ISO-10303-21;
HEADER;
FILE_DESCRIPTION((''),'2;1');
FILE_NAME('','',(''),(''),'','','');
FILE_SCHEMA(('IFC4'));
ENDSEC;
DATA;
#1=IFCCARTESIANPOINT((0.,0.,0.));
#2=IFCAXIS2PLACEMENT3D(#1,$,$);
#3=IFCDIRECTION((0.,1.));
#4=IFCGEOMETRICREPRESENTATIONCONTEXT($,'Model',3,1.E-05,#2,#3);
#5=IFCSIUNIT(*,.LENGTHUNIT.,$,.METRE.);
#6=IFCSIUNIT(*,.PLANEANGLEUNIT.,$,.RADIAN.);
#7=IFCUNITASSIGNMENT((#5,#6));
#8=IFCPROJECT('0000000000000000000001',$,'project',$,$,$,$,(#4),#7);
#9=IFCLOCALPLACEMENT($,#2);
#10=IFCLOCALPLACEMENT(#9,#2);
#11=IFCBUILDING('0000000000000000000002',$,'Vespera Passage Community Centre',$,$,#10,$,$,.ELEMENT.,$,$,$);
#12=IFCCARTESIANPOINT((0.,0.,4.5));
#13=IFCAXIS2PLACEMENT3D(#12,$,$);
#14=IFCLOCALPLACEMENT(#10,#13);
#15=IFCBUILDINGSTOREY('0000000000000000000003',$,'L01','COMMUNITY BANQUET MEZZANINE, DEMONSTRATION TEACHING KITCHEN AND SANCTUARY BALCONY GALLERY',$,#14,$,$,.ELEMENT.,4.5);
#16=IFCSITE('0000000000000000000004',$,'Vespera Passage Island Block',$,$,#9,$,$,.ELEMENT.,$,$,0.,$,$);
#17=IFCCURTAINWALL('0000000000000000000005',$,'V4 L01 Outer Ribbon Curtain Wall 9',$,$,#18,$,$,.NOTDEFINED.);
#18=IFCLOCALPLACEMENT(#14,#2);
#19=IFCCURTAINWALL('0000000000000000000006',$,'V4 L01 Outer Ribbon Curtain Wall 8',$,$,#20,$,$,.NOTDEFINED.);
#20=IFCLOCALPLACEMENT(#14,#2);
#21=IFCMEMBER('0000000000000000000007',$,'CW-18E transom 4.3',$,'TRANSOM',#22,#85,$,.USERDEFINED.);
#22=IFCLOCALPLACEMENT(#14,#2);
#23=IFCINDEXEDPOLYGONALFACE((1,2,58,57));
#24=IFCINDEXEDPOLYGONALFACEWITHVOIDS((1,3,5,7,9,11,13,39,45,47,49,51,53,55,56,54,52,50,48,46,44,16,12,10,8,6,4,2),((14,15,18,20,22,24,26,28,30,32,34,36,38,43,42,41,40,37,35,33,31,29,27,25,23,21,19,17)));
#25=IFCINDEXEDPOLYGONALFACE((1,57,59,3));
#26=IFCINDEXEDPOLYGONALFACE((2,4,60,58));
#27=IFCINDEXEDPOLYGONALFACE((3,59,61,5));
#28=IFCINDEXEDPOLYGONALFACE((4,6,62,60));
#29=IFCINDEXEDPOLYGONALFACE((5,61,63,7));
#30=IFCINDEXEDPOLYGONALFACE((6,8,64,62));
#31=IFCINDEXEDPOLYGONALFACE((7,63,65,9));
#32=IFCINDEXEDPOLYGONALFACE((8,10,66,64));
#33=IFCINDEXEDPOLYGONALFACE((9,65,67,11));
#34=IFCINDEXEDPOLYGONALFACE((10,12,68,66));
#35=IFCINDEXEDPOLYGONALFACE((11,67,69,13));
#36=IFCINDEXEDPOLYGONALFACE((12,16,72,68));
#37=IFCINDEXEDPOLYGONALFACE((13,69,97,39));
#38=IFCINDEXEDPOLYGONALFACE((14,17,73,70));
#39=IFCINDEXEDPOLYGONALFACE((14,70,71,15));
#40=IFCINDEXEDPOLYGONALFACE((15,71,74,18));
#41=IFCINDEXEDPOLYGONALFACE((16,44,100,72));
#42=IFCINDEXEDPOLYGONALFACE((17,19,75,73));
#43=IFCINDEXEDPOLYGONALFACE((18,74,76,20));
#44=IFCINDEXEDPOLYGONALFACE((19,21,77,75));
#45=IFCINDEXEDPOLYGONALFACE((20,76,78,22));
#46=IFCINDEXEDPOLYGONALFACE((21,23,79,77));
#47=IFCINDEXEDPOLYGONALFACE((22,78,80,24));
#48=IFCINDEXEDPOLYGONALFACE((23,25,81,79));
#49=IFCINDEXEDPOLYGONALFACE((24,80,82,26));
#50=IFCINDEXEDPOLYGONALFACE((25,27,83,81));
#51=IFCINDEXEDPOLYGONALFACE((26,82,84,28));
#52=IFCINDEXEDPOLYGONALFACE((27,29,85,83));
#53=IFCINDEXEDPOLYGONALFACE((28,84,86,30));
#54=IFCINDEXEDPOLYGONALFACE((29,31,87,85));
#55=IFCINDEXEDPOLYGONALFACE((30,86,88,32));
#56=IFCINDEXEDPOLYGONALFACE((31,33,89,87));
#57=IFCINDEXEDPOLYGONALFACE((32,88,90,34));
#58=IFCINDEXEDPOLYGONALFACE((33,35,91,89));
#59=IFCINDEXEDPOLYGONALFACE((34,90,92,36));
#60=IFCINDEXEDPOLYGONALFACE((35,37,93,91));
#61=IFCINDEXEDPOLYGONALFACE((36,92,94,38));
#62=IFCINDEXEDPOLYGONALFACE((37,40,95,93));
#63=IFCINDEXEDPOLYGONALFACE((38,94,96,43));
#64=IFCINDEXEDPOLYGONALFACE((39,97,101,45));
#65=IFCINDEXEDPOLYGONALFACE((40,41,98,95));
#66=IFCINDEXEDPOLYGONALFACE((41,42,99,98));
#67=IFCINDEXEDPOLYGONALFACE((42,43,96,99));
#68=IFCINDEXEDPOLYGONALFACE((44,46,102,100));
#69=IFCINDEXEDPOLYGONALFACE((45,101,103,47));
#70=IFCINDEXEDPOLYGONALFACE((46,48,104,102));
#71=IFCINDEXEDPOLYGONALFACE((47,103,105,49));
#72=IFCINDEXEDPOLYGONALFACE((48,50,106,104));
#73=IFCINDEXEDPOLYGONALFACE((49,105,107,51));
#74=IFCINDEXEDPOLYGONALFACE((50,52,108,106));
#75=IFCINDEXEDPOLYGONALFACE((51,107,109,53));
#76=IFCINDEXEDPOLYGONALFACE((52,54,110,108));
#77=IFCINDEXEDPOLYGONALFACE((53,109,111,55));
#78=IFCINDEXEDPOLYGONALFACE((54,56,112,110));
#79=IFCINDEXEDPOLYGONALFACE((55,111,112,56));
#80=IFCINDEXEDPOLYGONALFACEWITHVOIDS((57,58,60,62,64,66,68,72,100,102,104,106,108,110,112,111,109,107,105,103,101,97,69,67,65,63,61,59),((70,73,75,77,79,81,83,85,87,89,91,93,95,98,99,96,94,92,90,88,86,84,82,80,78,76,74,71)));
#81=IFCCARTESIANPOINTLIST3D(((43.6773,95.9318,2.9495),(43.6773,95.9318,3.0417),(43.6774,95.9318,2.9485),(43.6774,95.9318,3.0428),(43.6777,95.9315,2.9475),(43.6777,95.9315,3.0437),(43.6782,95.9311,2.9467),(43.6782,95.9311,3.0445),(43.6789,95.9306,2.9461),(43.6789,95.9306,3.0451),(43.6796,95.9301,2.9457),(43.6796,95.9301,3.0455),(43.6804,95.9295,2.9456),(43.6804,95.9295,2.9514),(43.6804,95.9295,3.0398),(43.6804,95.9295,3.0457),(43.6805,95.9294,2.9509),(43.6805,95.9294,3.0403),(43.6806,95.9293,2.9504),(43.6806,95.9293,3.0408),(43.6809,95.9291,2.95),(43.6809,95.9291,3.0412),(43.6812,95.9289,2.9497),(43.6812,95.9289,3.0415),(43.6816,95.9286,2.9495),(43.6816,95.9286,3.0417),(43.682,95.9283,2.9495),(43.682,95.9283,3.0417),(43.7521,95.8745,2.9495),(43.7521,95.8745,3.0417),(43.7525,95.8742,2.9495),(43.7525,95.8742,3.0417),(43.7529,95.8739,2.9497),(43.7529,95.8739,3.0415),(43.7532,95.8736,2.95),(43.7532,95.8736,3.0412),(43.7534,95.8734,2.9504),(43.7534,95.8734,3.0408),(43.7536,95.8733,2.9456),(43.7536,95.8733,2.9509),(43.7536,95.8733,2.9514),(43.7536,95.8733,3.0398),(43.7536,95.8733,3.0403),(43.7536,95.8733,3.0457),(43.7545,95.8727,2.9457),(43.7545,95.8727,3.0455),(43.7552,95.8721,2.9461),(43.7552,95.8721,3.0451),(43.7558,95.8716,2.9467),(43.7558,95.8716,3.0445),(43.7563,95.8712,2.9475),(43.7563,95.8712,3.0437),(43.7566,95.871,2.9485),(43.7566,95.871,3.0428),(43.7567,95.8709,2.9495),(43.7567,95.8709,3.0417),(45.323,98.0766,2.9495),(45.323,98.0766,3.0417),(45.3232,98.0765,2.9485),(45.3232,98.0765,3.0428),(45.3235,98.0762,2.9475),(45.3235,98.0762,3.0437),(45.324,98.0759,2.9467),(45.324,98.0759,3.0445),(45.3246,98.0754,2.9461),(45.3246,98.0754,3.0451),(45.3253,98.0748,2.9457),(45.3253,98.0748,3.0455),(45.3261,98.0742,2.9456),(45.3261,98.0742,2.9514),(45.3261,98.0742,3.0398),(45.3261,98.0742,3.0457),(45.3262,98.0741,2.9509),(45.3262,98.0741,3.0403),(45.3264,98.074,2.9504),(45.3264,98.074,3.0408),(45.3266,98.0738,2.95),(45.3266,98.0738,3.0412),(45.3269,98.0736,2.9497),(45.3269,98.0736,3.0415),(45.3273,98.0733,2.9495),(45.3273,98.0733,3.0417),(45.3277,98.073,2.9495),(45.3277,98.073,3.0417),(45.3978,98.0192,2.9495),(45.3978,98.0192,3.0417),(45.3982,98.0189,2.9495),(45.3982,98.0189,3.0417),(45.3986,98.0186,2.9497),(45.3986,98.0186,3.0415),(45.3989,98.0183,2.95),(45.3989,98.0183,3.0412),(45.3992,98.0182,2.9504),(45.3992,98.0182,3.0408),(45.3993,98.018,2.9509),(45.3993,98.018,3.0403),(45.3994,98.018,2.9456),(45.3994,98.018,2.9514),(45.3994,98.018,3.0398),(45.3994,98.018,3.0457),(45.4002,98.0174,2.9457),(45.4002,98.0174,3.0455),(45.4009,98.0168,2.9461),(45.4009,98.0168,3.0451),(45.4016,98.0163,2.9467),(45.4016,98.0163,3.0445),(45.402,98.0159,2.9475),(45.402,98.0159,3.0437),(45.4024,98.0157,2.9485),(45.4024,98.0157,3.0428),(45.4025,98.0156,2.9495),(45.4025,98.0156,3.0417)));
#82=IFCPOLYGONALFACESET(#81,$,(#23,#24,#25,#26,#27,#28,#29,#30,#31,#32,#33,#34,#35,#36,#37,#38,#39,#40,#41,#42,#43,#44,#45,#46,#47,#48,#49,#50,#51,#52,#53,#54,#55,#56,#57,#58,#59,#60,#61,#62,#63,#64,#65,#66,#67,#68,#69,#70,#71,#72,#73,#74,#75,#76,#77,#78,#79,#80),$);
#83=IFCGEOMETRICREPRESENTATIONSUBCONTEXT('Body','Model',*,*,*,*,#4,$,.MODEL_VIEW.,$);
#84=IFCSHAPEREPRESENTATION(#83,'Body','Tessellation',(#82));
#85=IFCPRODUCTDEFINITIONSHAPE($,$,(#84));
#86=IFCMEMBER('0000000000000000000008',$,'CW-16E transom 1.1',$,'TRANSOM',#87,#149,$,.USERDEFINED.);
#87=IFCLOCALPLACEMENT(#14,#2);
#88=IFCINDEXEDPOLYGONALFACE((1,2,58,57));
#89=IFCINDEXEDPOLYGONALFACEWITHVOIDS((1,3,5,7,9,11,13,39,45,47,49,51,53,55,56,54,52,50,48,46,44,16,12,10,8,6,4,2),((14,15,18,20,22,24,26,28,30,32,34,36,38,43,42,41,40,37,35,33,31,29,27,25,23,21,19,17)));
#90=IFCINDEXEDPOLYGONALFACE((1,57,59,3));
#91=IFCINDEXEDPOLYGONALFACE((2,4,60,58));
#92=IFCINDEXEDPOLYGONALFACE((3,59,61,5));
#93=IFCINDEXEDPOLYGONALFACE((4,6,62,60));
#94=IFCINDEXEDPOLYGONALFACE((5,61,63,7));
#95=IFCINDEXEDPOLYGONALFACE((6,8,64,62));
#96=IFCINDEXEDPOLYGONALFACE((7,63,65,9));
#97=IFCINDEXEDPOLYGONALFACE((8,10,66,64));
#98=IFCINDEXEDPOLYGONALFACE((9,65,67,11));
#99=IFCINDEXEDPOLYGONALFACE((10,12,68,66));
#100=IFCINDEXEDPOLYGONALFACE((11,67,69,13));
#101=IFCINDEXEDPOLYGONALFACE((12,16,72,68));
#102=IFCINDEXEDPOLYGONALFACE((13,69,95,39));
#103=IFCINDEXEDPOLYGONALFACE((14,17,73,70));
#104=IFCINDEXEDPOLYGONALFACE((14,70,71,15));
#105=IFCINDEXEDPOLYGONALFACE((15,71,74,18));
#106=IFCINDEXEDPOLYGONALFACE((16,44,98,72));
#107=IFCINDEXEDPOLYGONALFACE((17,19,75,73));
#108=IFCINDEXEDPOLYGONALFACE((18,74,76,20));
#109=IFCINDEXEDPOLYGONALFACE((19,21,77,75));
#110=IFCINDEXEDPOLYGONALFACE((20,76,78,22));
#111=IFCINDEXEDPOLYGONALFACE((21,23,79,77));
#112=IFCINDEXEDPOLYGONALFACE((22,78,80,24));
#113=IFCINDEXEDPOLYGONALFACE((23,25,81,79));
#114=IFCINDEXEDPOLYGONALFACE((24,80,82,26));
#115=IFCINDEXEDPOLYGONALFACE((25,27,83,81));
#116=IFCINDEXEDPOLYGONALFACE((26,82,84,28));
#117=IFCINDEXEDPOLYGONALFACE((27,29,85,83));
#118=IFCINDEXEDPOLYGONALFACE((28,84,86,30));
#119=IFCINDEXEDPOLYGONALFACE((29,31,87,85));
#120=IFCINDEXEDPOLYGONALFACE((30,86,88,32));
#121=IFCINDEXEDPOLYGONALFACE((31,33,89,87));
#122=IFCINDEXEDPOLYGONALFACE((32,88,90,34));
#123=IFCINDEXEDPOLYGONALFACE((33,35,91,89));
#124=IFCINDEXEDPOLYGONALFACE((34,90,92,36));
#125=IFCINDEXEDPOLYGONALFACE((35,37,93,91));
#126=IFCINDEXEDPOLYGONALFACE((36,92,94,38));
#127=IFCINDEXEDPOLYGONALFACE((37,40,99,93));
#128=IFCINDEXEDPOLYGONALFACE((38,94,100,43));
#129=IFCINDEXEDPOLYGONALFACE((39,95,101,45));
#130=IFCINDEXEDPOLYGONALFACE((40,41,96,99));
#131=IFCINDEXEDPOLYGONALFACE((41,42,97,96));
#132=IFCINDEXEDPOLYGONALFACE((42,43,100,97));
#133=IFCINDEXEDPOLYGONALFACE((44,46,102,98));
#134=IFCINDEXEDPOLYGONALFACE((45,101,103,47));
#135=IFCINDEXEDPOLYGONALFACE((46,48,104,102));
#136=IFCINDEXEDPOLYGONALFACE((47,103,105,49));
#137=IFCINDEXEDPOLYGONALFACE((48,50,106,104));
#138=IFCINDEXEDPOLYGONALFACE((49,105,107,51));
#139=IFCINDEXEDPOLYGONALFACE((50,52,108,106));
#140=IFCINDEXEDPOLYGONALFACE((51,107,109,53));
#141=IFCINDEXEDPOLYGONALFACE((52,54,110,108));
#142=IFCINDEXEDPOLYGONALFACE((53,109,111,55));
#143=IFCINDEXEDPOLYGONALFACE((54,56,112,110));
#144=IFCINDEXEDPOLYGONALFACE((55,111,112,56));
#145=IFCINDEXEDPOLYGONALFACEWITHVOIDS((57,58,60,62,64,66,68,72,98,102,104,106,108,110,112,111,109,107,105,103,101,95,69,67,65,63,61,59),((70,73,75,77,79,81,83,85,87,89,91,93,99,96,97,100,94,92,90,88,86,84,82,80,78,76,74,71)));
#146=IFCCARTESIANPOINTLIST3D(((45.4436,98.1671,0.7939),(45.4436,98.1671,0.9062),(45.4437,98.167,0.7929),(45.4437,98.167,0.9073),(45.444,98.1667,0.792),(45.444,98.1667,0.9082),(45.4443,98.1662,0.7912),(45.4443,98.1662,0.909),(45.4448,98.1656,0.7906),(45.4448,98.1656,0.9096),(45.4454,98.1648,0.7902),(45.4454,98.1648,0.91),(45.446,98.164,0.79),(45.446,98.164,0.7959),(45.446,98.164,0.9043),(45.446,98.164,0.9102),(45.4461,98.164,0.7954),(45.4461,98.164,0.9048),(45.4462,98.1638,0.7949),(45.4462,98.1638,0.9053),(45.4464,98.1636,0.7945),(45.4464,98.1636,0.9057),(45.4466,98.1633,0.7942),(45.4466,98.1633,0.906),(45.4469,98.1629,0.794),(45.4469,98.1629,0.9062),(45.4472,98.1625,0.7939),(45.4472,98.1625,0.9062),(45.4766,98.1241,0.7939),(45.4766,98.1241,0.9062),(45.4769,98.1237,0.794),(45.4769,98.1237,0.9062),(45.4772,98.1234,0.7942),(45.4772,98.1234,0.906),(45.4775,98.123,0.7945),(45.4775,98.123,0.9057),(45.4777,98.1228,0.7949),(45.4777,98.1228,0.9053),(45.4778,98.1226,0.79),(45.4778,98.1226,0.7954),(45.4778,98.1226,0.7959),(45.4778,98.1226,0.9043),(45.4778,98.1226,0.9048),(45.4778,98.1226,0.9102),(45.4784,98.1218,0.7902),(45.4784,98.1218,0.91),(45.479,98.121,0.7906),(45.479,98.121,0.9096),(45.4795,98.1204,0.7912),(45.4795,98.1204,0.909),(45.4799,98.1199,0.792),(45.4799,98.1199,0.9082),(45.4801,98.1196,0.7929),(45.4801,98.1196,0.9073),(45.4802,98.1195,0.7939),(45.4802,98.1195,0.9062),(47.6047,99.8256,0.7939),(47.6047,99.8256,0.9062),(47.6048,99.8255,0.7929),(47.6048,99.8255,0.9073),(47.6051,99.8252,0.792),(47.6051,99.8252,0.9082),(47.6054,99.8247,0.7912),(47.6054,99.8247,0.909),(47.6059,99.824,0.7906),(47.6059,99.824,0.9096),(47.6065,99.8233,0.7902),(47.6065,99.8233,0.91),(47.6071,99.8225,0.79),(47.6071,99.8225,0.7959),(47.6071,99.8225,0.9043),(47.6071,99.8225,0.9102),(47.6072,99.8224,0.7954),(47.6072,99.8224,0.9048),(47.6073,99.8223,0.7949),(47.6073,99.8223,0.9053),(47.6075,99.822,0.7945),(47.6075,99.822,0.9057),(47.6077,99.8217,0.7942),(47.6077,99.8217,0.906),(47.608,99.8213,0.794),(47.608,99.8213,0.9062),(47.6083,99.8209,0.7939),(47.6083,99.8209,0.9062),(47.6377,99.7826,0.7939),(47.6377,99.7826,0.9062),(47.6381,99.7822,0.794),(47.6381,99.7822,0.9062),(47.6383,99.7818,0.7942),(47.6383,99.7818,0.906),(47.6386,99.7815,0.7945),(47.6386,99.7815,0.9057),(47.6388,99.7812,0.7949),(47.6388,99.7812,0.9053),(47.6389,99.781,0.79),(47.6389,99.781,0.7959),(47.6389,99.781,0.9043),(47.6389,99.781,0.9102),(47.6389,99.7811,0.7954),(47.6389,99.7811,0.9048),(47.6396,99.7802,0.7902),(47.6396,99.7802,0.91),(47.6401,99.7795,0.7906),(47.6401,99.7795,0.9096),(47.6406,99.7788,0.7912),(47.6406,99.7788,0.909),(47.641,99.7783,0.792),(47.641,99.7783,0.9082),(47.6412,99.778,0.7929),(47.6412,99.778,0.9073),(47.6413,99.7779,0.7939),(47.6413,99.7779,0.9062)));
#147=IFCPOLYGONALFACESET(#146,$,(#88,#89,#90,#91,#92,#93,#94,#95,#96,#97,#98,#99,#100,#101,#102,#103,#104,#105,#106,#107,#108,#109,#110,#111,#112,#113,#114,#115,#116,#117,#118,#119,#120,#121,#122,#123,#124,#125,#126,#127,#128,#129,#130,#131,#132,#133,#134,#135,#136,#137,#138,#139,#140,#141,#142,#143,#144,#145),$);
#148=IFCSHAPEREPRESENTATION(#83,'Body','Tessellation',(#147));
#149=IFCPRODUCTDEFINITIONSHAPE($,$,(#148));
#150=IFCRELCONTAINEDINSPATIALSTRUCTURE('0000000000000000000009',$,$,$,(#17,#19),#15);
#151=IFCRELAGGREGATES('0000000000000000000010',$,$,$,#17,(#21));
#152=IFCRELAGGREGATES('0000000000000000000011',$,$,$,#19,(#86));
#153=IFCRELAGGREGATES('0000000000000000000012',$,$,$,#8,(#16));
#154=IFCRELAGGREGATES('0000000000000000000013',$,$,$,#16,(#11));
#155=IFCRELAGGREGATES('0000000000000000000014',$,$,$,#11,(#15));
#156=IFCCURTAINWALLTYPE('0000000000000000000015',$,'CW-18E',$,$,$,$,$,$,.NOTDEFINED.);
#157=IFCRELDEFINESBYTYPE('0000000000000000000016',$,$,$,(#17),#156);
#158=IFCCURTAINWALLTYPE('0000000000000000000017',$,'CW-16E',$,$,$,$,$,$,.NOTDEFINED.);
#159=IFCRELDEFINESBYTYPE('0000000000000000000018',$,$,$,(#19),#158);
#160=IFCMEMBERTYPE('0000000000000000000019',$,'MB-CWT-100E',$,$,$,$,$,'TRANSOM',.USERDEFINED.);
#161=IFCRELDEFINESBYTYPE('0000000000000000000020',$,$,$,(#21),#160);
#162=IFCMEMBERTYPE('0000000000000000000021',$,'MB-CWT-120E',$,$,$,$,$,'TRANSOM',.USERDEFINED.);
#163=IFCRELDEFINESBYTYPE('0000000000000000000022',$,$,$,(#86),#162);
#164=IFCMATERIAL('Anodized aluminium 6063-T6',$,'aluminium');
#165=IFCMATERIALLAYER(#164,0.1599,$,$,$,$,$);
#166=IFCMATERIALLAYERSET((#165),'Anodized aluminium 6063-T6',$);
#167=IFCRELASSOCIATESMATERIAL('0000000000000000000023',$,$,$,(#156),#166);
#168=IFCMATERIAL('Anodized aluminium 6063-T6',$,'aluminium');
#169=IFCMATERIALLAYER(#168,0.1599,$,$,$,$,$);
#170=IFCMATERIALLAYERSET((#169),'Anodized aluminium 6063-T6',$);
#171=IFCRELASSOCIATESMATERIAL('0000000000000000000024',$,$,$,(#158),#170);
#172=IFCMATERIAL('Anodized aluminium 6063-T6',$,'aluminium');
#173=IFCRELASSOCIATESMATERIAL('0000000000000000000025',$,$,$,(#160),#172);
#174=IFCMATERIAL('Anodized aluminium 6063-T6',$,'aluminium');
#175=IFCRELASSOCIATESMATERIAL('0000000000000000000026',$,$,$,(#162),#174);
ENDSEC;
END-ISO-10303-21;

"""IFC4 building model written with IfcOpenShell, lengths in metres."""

from ifc_helpers import new_model, si_unit, direction, frame, origin, origin_2d, place, context, subcontext, project, spatial, hollow_rectangle, extrude, material, layer, layer_set, material_profile, profile_set, type_object, element, aggregate, save


model = new_model("IFC4")

# Units and contexts
model_context = context("Model", 3, precision=1e-05, world=origin(), true_north=direction((0.0, 1.0)))
body_context = subcontext(model_context, "Body", "Model", "MODEL_VIEW")
ifc_project = project(units=[si_unit("LENGTHUNIT", "METRE"), si_unit("PLANEANGLEUNIT", "RADIAN")], contexts=[model_context])

# Site, building, storey
site_placement = place(None, origin())
site = spatial("IfcSite", under=ifc_project, at=site_placement, Name="Vespera Passage Island Block", CompositionType="ELEMENT", RefElevation=0.0)
building_placement = place(site_placement, origin())
building = spatial("IfcBuilding", under=site, at=building_placement, Name="Vespera Passage Community Centre", CompositionType="ELEMENT")
storey_placement = place(building_placement, frame((0.0, 0.0, 4.5)))
storey = spatial("IfcBuildingStorey", under=building, at=storey_placement, Name="L01", Description="COMMUNITY BANQUET MEZZANINE, DEMONSTRATION TEACHING KITCHEN AND SANCTUARY BALCONY GALLERY", CompositionType="ELEMENT", Elevation=4.5)

# Curtain walls
ifc_material_1 = material(Name="Anodized aluminium 6063-T6", Category="aluminium")
ifc_layer_1 = layer(ifc_material_1, 0.1599)
ifc_layer_set_1 = layer_set([ifc_layer_1], Name="Anodized aluminium 6063-T6")
curtain_wall_type_1 = type_object("IfcCurtainWallType", Name="CW-18E", PredefinedType="NOTDEFINED", material=ifc_layer_set_1)
curtain_wall_1_placement = place(storey_placement, origin())
curtain_wall_1 = element("IfcCurtainWall", 1, at=curtain_wall_1_placement, inside=storey, type_object=curtain_wall_type_1, Name="V4 L01 Outer Ribbon Curtain Wall 9", PredefinedType="NOTDEFINED")
ifc_material_2 = material(Name="Anodized aluminium 6063-T6", Category="aluminium")
ifc_layer_2 = layer(ifc_material_2, 0.1599)
ifc_layer_set_2 = layer_set([ifc_layer_2], Name="Anodized aluminium 6063-T6")
curtain_wall_type_2 = type_object("IfcCurtainWallType", Name="CW-16E", PredefinedType="NOTDEFINED", material=ifc_layer_set_2)
curtain_wall_2_placement = place(storey_placement, origin())
curtain_wall_2 = element("IfcCurtainWall", 2, at=curtain_wall_2_placement, inside=storey, type_object=curtain_wall_type_2, Name="V4 L01 Outer Ribbon Curtain Wall 8", PredefinedType="NOTDEFINED")

# Members
ifc_material_3 = material(Name="Anodized aluminium 6063-T6", Category="aluminium")
ifc_material_profile_1 = material_profile(ifc_material_3, hollow_rectangle(XDim=0.1001, YDim=0.1001, WallThickness=0.0039, InnerFilletRadius=0.002, OuterFilletRadius=0.0039, at=origin_2d()), Name="ALU100X100X4")
ifc_profile_set_1 = profile_set([ifc_material_profile_1], Name="Anodized aluminium 6063-T6")
member_type_1 = type_object("IfcMemberType", Name="MB-CWT-100E", ElementType="TRANSOM", PredefinedType="USERDEFINED", material=ifc_profile_set_1)
member_1_placement = place(storey_placement, frame((43.717, 95.9014, 2.9956), z_axis=(0.608763, 0.793352, 0.0), x_axis=(-0.793352, 0.608763, 0.0)))
member_1 = element("IfcMember", 3, at=member_1_placement, type_object=member_type_1, Name="CW-18E transom 4.3", ObjectType="TRANSOM", PredefinedType="USERDEFINED", context=body_context, shape_type="SweptSolid", body=[
    extrude(hollow_rectangle(XDim=0.1001, YDim=0.1001, WallThickness=0.0039, InnerFilletRadius=0.002, OuterFilletRadius=0.0039, at=origin_2d()), origin(), (0.0, 0.0, 1.0), 2.7034),
])
ifc_material_4 = material(Name="Anodized aluminium 6063-T6", Category="aluminium")
ifc_material_profile_2 = material_profile(ifc_material_4, hollow_rectangle(XDim=0.0601, YDim=0.1201, WallThickness=0.0039, InnerFilletRadius=0.002, OuterFilletRadius=0.0039, at=origin_2d()), Name="ALU120X60X4")
ifc_profile_set_2 = profile_set([ifc_material_profile_2], Name="Anodized aluminium 6063-T6")
member_type_2 = type_object("IfcMemberType", Name="MB-CWT-120E", ElementType="TRANSOM", PredefinedType="USERDEFINED", material=ifc_profile_set_2)
member_2_placement = place(storey_placement, frame((45.4619, 98.1433, 0.8501), z_axis=(0.793326, 0.608796, 0.0), x_axis=(-0.608796, 0.793326, 0.0)))
member_2 = element("IfcMember", 4, at=member_2_placement, type_object=member_type_2, Name="CW-16E transom 1.1", ObjectType="TRANSOM", PredefinedType="USERDEFINED", context=body_context, shape_type="SweptSolid", body=[
    extrude(hollow_rectangle(XDim=0.0601, YDim=0.1201, WallThickness=0.0039, InnerFilletRadius=0.002, OuterFilletRadius=0.0039, at=origin_2d()), origin(), (0.0, 0.0, 1.0), 2.7241),
])

aggregate(curtain_wall_1, [member_1])

aggregate(curtain_wall_2, [member_2])

save(model, "model.ifc")
